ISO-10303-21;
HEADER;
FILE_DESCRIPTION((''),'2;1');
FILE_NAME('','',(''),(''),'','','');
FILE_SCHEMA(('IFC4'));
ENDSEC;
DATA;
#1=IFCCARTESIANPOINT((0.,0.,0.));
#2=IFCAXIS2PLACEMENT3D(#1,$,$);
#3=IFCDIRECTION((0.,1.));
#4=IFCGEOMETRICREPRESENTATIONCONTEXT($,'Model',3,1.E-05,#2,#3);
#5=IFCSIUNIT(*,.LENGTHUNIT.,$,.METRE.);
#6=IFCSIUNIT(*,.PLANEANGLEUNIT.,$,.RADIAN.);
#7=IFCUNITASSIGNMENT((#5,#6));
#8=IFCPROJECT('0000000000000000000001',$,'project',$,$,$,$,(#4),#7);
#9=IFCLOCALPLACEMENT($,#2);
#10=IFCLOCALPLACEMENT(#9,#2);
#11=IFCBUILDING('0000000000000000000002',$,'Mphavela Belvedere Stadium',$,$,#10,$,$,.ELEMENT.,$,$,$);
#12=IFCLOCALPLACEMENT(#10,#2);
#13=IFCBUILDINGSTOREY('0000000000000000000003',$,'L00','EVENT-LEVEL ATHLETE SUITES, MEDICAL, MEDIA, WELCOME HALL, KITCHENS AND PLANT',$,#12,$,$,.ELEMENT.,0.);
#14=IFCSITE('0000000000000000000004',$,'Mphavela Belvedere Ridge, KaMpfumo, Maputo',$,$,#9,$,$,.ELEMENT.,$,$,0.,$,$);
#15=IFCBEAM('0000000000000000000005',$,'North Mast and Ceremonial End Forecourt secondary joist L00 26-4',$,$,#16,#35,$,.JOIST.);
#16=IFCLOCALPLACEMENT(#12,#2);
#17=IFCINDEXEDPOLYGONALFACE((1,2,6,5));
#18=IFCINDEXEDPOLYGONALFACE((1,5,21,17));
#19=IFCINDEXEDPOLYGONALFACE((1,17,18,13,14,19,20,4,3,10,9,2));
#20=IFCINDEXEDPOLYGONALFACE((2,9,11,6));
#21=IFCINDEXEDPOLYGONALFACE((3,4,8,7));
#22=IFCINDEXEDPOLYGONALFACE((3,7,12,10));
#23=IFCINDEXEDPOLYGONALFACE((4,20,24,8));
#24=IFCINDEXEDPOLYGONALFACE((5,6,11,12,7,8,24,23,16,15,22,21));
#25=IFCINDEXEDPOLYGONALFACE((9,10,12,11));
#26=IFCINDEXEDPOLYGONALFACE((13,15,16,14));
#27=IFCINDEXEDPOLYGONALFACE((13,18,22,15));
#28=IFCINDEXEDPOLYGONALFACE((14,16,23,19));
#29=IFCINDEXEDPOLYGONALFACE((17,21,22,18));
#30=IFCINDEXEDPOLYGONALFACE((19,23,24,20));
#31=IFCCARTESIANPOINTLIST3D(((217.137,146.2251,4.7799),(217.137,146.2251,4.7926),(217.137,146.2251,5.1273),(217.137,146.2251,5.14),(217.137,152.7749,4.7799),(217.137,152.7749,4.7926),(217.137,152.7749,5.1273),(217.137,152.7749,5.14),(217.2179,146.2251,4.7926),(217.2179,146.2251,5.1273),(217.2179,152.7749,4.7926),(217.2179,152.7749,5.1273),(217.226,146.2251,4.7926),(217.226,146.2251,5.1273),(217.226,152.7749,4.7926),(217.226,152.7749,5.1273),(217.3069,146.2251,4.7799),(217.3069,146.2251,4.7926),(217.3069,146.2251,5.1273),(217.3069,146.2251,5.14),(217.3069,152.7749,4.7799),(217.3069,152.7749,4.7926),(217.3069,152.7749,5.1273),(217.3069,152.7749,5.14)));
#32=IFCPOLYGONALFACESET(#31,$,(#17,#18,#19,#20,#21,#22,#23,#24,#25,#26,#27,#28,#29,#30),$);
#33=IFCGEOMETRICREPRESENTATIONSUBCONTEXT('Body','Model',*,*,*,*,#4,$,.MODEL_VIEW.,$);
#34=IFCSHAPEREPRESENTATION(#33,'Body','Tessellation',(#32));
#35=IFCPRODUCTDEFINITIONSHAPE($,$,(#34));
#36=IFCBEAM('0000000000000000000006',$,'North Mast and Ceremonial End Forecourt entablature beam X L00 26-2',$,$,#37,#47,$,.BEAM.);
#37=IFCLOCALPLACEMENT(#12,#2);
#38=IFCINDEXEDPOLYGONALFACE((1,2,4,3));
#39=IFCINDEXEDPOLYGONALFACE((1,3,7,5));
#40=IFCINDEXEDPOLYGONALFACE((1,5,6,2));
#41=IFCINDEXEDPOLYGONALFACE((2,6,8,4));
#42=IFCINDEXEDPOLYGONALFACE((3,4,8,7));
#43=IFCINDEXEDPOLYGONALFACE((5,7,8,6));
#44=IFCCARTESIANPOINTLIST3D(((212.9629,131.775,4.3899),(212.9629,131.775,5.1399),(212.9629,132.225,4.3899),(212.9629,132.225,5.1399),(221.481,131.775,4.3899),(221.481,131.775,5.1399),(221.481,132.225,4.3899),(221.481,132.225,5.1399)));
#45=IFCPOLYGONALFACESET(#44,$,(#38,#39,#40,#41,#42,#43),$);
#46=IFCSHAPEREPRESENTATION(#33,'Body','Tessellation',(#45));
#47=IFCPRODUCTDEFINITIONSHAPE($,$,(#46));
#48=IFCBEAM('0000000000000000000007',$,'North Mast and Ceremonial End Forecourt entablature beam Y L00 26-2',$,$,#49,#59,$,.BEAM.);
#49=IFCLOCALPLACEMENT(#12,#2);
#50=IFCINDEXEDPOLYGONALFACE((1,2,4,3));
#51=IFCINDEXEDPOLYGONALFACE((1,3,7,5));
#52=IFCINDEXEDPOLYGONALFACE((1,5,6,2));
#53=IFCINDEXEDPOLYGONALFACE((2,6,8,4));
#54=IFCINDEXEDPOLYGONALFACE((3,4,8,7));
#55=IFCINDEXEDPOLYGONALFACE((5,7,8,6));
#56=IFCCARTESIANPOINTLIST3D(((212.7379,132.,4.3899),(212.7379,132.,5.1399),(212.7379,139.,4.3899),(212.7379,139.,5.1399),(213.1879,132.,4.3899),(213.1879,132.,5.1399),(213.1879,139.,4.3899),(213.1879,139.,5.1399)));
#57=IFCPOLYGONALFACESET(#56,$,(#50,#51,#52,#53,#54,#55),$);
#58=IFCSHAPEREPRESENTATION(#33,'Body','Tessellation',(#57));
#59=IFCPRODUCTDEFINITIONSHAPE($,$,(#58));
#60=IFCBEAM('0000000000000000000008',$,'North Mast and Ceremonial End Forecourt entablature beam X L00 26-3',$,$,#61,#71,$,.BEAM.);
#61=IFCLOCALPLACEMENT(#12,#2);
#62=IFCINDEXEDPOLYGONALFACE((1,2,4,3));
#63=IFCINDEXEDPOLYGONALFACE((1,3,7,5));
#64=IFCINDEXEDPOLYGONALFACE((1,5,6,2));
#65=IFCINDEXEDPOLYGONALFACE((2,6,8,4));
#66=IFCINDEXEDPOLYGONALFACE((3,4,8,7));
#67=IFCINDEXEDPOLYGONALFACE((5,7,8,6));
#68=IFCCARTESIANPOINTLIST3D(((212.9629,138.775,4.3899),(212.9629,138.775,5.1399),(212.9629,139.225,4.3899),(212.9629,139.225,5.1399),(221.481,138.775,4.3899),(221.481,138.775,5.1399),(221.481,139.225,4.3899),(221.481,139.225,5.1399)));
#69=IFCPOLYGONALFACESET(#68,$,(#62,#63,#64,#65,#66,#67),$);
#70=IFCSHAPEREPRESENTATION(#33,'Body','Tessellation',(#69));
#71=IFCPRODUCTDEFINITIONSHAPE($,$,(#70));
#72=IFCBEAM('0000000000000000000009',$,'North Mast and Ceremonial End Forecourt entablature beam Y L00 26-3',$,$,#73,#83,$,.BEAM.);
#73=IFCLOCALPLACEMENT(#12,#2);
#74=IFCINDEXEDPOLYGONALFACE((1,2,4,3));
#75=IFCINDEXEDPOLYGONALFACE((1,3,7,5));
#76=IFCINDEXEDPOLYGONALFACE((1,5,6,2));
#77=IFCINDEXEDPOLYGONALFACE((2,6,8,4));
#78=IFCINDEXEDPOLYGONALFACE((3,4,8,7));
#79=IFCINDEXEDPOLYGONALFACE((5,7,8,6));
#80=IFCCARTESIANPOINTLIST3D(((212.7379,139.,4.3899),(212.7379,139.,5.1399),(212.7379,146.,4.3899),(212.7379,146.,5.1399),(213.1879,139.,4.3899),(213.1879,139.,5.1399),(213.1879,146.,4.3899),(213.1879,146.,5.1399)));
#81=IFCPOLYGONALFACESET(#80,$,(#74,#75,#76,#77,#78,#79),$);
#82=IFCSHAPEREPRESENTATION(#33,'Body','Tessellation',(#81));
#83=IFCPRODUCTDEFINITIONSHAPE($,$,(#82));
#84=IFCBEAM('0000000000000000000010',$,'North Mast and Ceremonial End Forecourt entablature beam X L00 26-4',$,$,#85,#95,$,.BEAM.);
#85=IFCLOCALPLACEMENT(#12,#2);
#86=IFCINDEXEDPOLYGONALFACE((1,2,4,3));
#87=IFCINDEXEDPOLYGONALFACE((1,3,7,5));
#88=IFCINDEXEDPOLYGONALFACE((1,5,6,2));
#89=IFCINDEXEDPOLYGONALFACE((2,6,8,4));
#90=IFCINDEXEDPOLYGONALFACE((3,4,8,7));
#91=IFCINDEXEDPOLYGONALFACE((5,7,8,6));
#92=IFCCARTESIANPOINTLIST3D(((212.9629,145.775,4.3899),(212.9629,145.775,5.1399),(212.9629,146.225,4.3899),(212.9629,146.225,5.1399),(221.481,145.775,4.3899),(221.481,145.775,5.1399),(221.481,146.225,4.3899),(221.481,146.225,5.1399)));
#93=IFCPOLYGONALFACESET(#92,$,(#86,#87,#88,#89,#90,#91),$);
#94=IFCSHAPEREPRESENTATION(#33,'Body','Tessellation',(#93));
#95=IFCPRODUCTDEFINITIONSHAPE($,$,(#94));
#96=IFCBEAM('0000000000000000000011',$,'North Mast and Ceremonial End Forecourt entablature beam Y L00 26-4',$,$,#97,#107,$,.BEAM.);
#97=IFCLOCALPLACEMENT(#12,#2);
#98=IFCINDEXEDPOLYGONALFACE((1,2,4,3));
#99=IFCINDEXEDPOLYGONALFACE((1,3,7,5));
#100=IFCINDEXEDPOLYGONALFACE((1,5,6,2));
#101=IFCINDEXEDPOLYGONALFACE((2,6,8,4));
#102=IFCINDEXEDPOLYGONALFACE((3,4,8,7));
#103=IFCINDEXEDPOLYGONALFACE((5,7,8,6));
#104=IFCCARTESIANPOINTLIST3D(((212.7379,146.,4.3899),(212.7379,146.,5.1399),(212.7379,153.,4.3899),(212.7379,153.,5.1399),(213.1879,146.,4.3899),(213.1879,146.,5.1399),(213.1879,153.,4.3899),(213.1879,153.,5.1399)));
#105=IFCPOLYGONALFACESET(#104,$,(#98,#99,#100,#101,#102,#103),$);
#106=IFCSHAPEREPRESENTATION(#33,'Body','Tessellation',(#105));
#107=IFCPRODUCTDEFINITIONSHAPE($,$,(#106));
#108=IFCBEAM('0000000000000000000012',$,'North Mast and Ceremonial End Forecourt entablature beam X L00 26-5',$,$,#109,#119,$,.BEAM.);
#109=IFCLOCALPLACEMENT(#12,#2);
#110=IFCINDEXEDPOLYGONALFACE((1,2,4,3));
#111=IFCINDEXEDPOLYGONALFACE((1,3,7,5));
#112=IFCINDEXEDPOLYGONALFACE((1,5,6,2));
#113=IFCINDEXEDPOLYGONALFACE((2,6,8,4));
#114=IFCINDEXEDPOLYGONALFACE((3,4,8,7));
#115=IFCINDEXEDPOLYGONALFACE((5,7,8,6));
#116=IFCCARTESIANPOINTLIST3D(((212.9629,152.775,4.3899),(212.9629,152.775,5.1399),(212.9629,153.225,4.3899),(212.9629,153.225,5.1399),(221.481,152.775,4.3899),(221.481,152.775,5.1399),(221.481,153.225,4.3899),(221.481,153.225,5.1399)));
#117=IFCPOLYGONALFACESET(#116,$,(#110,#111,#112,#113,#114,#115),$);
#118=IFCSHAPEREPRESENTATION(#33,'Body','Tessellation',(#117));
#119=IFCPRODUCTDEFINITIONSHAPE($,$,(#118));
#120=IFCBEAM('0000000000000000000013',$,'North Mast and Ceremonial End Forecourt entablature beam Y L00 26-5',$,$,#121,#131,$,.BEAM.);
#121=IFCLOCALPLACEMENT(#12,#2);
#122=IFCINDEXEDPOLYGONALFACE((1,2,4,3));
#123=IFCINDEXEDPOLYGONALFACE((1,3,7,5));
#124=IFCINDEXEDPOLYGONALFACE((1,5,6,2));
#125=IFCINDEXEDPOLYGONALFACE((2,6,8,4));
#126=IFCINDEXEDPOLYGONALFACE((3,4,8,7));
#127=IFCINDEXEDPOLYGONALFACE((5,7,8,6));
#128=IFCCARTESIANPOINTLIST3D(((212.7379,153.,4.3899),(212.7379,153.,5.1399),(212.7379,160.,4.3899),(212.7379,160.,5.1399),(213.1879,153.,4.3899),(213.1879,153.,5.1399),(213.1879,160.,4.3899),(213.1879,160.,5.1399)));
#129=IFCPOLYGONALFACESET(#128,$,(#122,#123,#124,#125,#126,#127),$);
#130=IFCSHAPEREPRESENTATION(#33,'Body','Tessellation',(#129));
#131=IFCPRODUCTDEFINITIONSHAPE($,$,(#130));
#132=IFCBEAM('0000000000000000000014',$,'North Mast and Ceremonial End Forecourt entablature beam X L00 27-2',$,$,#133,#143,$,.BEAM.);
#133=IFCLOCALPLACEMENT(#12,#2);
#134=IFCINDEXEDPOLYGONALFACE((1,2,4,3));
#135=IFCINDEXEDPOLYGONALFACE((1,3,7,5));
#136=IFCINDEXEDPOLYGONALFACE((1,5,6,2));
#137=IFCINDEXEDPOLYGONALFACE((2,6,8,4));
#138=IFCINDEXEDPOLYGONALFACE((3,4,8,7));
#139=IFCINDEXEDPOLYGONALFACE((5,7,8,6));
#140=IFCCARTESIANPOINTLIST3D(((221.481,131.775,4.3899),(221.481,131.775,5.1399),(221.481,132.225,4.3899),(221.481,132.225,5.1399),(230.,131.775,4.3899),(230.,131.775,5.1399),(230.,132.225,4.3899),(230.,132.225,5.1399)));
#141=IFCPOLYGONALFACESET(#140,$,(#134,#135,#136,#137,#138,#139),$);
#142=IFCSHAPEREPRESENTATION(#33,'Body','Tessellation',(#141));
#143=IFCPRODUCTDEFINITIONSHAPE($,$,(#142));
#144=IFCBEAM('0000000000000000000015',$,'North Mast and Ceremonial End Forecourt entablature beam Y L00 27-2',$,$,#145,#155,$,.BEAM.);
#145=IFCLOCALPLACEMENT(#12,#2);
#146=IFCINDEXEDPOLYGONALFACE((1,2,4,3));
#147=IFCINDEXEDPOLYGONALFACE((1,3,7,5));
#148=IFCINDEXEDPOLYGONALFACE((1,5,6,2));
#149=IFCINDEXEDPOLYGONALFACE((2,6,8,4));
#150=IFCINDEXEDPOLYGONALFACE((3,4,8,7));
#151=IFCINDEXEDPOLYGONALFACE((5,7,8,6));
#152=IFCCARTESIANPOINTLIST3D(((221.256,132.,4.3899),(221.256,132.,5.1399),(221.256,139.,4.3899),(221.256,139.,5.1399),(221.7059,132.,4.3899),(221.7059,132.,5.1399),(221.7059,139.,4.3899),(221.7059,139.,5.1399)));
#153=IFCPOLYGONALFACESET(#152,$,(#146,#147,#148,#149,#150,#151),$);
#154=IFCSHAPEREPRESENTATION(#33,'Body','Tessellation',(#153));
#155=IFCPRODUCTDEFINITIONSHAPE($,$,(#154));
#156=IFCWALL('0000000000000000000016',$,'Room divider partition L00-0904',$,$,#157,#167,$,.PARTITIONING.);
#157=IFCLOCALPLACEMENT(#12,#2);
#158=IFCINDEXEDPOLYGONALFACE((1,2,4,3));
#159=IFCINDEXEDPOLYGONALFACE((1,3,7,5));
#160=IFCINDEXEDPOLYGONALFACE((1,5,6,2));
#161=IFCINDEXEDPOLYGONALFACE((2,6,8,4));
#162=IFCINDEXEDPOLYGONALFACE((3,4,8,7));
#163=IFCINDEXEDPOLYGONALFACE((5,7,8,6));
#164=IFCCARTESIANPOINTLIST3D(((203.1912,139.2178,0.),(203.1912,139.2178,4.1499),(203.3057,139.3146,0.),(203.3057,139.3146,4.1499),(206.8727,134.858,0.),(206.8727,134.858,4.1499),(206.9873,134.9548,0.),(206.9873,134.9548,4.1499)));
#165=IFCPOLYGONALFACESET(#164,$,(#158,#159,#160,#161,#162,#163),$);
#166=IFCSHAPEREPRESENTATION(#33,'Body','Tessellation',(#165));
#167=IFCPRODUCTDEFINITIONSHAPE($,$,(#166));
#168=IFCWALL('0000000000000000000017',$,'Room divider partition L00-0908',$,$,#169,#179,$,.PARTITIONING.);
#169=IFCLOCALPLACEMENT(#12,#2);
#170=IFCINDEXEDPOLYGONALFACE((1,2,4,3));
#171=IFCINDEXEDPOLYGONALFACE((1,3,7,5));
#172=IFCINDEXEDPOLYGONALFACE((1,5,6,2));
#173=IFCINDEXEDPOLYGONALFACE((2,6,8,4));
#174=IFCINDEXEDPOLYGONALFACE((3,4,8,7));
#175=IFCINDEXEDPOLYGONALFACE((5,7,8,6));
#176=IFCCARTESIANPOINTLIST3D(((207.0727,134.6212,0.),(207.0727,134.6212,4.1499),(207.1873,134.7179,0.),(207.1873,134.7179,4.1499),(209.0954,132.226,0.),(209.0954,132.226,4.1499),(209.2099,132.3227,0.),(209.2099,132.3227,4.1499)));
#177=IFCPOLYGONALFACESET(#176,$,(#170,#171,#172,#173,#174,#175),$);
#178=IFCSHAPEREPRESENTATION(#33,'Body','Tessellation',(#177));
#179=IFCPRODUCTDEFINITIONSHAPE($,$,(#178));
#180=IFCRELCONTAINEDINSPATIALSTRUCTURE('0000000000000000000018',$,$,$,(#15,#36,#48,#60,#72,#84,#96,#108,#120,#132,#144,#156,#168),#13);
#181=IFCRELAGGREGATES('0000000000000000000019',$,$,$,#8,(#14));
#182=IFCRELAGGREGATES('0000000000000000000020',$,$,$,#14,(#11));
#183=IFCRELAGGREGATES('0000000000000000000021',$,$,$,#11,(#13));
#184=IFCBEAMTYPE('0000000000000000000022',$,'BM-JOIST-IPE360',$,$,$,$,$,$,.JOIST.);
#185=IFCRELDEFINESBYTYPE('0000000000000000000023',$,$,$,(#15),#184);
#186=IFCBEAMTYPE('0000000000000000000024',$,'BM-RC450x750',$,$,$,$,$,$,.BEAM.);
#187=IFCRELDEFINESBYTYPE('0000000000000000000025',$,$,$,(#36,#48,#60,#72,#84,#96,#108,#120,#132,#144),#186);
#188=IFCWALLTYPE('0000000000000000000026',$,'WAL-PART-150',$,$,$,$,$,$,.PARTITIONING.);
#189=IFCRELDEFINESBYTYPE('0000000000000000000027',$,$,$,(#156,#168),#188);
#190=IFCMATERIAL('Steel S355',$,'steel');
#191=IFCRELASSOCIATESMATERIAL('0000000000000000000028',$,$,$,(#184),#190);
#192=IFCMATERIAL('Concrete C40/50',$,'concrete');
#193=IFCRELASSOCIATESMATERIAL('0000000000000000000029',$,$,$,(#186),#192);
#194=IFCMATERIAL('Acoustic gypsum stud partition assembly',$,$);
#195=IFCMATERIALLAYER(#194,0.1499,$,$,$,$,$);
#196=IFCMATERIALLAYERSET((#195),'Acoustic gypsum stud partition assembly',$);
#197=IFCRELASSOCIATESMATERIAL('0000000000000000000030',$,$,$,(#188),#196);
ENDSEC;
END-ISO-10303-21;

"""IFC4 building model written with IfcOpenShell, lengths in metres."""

from ifc_helpers import new_model, si_unit, direction, frame, frame_2d, origin, origin_2d, place, context, subcontext, project, spatial, rectangle, i_section, extrude, material, layer, layer_set, material_profile, profile_set, type_object, element, save


model = new_model("IFC4")

# Units and contexts
model_context = context("Model", 3, precision=1e-05, world=origin(), true_north=direction((0.0, 1.0)))
body_context = subcontext(model_context, "Body", "Model", "MODEL_VIEW")
ifc_project = project(units=[si_unit("LENGTHUNIT", "METRE"), si_unit("PLANEANGLEUNIT", "RADIAN")], contexts=[model_context])

# Site, building, storey
site_placement = place(None, origin())
site = spatial("IfcSite", under=ifc_project, at=site_placement, Name="Mphavela Belvedere Ridge, KaMpfumo, Maputo", CompositionType="ELEMENT", RefElevation=0.0)
building_placement = place(site_placement, origin())
building = spatial("IfcBuilding", under=site, at=building_placement, Name="Mphavela Belvedere Stadium", CompositionType="ELEMENT")
storey_placement = place(building_placement, origin())
storey = spatial("IfcBuildingStorey", under=building, at=storey_placement, Name="L00", Description="EVENT-LEVEL ATHLETE SUITES, MEDICAL, MEDIA, WELCOME HALL, KITCHENS AND PLANT", CompositionType="ELEMENT", Elevation=0.0)

# Beams
ifc_material_1 = material(Name="Steel S355", Category="steel")
ifc_material_profile_1 = material_profile(ifc_material_1, i_section(OverallWidth=0.1699, OverallDepth=0.3601, WebThickness=0.0081, FlangeThickness=0.0127, at=origin_2d()), Name="IPE 360")
ifc_profile_set_1 = profile_set([ifc_material_profile_1], Name="Steel S355")
beam_type_1 = type_object("IfcBeamType", Name="BM-JOIST-IPE360", PredefinedType="JOIST", material=ifc_profile_set_1)
for number, where, z_axis, x_axis, name in (
    (1, (217.2219, 146.2251, 4.96), (0.0, 1.0, 0.0), (-1.0, 0.0, 0.0), "North Mast and Ceremonial End Forecourt secondary joist L00 26-4"),
):
    element("IfcBeam", number, at=place(storey_placement, frame(where, z_axis=z_axis, x_axis=x_axis)), inside=storey, type_object=beam_type_1, Name=name, PredefinedType="JOIST", context=body_context, shape_type="SweptSolid", body=[
        extrude(i_section(OverallWidth=0.1699, OverallDepth=0.3601, WebThickness=0.0081, FlangeThickness=0.0127, at=origin_2d()), origin(), (0.0, 0.0, 1.0), 6.5498),
    ])
ifc_material_2 = material(Name="Concrete C40/50", Category="concrete")
ifc_material_profile_2 = material_profile(ifc_material_2, rectangle(XDim=0.45, YDim=0.75, at=origin_2d()), Name="RC 450x750")
ifc_profile_set_2 = profile_set([ifc_material_profile_2], Name="Concrete C40/50")
beam_type_2 = type_object("IfcBeamType", Name="BM-RC450x750", PredefinedType="BEAM", material=ifc_profile_set_2)
beam_1_placement = place(storey_placement, frame((212.9629, 132.0, 4.7649), z_axis=(1.0, 0.0, 0.0), x_axis=(0.0, 1.0, 0.0)))
element("IfcBeam", 2, at=beam_1_placement, inside=storey, type_object=beam_type_2, Name="North Mast and Ceremonial End Forecourt entablature beam X L00 26-2", PredefinedType="BEAM", context=body_context, shape_type="SweptSolid", body=[
    extrude(rectangle(XDim=0.45, YDim=0.75, at=origin_2d()), origin(), (0.0, 0.0, 1.0), 8.5181),
])
beam_2_placement = place(storey_placement, frame((212.9629, 132.0, 4.7649), z_axis=(0.0, 1.0, 0.0), x_axis=(-1.0, 0.0, 0.0)))
element("IfcBeam", 3, at=beam_2_placement, inside=storey, type_object=beam_type_2, Name="North Mast and Ceremonial End Forecourt entablature beam Y L00 26-2", PredefinedType="BEAM", context=body_context, shape_type="SweptSolid", body=[
    extrude(rectangle(XDim=0.45, YDim=0.75, at=origin_2d()), origin(), (0.0, 0.0, 1.0), 7.0),
])
beam_3_placement = place(storey_placement, frame((212.9629, 139.0, 4.7649), z_axis=(1.0, 0.0, 0.0), x_axis=(0.0, 1.0, 0.0)))
element("IfcBeam", 4, at=beam_3_placement, inside=storey, type_object=beam_type_2, Name="North Mast and Ceremonial End Forecourt entablature beam X L00 26-3", PredefinedType="BEAM", context=body_context, shape_type="SweptSolid", body=[
    extrude(rectangle(XDim=0.45, YDim=0.75, at=origin_2d()), origin(), (0.0, 0.0, 1.0), 8.5181),
])
beam_4_placement = place(storey_placement, frame((212.9629, 139.0, 4.7649), z_axis=(0.0, 1.0, 0.0), x_axis=(-1.0, 0.0, 0.0)))
element("IfcBeam", 5, at=beam_4_placement, inside=storey, type_object=beam_type_2, Name="North Mast and Ceremonial End Forecourt entablature beam Y L00 26-3", PredefinedType="BEAM", context=body_context, shape_type="SweptSolid", body=[
    extrude(rectangle(XDim=0.45, YDim=0.75, at=origin_2d()), origin(), (0.0, 0.0, 1.0), 7.0),
])
beam_5_placement = place(storey_placement, frame((212.9629, 146.0, 4.7649), z_axis=(1.0, 0.0, 0.0), x_axis=(0.0, 1.0, 0.0)))
element("IfcBeam", 6, at=beam_5_placement, inside=storey, type_object=beam_type_2, Name="North Mast and Ceremonial End Forecourt entablature beam X L00 26-4", PredefinedType="BEAM", context=body_context, shape_type="SweptSolid", body=[
    extrude(rectangle(XDim=0.45, YDim=0.75, at=origin_2d()), origin(), (0.0, 0.0, 1.0), 8.5181),
])
beam_6_placement = place(storey_placement, frame((212.9629, 146.0, 4.7649), z_axis=(0.0, 1.0, 0.0), x_axis=(-1.0, 0.0, 0.0)))
element("IfcBeam", 7, at=beam_6_placement, inside=storey, type_object=beam_type_2, Name="North Mast and Ceremonial End Forecourt entablature beam Y L00 26-4", PredefinedType="BEAM", context=body_context, shape_type="SweptSolid", body=[
    extrude(rectangle(XDim=0.45, YDim=0.75, at=origin_2d()), origin(), (0.0, 0.0, 1.0), 7.0),
])
beam_7_placement = place(storey_placement, frame((212.9629, 153.0, 4.7649), z_axis=(1.0, 0.0, 0.0), x_axis=(0.0, 1.0, 0.0)))
element("IfcBeam", 8, at=beam_7_placement, inside=storey, type_object=beam_type_2, Name="North Mast and Ceremonial End Forecourt entablature beam X L00 26-5", PredefinedType="BEAM", context=body_context, shape_type="SweptSolid", body=[
    extrude(rectangle(XDim=0.45, YDim=0.75, at=origin_2d()), origin(), (0.0, 0.0, 1.0), 8.5181),
])
beam_8_placement = place(storey_placement, frame((212.9629, 153.0, 4.7649), z_axis=(0.0, 1.0, 0.0), x_axis=(-1.0, 0.0, 0.0)))
element("IfcBeam", 9, at=beam_8_placement, inside=storey, type_object=beam_type_2, Name="North Mast and Ceremonial End Forecourt entablature beam Y L00 26-5", PredefinedType="BEAM", context=body_context, shape_type="SweptSolid", body=[
    extrude(rectangle(XDim=0.45, YDim=0.75, at=origin_2d()), origin(), (0.0, 0.0, 1.0), 7.0),
])
beam_9_placement = place(storey_placement, frame((221.481, 132.0, 4.7649), z_axis=(1.0, 0.0, 0.0), x_axis=(0.0, 1.0, 0.0)))
element("IfcBeam", 10, at=beam_9_placement, inside=storey, type_object=beam_type_2, Name="North Mast and Ceremonial End Forecourt entablature beam X L00 27-2", PredefinedType="BEAM", context=body_context, shape_type="SweptSolid", body=[
    extrude(rectangle(XDim=0.45, YDim=0.75, at=origin_2d()), origin(), (0.0, 0.0, 1.0), 8.519),
])
beam_10_placement = place(storey_placement, frame((221.481, 132.0, 4.7649), z_axis=(0.0, 1.0, 0.0), x_axis=(-1.0, 0.0, 0.0)))
element("IfcBeam", 11, at=beam_10_placement, inside=storey, type_object=beam_type_2, Name="North Mast and Ceremonial End Forecourt entablature beam Y L00 27-2", PredefinedType="BEAM", context=body_context, shape_type="SweptSolid", body=[
    extrude(rectangle(XDim=0.45, YDim=0.75, at=origin_2d()), origin(), (0.0, 0.0, 1.0), 7.0),
])

# Walls
ifc_material_3 = material(Name="Acoustic gypsum stud partition assembly")
ifc_layer = layer(ifc_material_3, 0.1499)
ifc_layer_set = layer_set([ifc_layer], Name="Acoustic gypsum stud partition assembly")
wall_type = type_object("IfcWallType", Name="WAL-PART-150", PredefinedType="PARTITIONING", material=ifc_layer_set)
wall_1_placement = place(storey_placement, frame((206.9299, 134.9065, 0.0), z_axis=(0.0, 0.0, 1.0), x_axis=(-0.645179, 0.764032, 0.0)))
element("IfcWall", 12, at=wall_1_placement, inside=storey, type_object=wall_type, Name="Room divider partition L00-0904", PredefinedType="PARTITIONING", context=body_context, shape_type="SweptSolid", body=[
    extrude(rectangle(XDim=5.7063, YDim=0.1499, at=frame_2d((2.853, 0.0))), origin(), (0.0, 0.0, 1.0), 4.1499),
])
wall_2_placement = place(storey_placement, frame((209.1526, 132.2744, 0.0), z_axis=(0.0, 0.0, 1.0), x_axis=(-0.645188, 0.764024, 0.0)))
element("IfcWall", 13, at=wall_2_placement, inside=storey, type_object=wall_type, Name="Room divider partition L00-0908", PredefinedType="PARTITIONING", context=body_context, shape_type="SweptSolid", body=[
    extrude(rectangle(XDim=3.135, YDim=0.1499, at=frame_2d((1.5674, 0.0))), origin(), (0.0, 0.0, 1.0), 4.1499),
])

save(model, "model.ifc")
